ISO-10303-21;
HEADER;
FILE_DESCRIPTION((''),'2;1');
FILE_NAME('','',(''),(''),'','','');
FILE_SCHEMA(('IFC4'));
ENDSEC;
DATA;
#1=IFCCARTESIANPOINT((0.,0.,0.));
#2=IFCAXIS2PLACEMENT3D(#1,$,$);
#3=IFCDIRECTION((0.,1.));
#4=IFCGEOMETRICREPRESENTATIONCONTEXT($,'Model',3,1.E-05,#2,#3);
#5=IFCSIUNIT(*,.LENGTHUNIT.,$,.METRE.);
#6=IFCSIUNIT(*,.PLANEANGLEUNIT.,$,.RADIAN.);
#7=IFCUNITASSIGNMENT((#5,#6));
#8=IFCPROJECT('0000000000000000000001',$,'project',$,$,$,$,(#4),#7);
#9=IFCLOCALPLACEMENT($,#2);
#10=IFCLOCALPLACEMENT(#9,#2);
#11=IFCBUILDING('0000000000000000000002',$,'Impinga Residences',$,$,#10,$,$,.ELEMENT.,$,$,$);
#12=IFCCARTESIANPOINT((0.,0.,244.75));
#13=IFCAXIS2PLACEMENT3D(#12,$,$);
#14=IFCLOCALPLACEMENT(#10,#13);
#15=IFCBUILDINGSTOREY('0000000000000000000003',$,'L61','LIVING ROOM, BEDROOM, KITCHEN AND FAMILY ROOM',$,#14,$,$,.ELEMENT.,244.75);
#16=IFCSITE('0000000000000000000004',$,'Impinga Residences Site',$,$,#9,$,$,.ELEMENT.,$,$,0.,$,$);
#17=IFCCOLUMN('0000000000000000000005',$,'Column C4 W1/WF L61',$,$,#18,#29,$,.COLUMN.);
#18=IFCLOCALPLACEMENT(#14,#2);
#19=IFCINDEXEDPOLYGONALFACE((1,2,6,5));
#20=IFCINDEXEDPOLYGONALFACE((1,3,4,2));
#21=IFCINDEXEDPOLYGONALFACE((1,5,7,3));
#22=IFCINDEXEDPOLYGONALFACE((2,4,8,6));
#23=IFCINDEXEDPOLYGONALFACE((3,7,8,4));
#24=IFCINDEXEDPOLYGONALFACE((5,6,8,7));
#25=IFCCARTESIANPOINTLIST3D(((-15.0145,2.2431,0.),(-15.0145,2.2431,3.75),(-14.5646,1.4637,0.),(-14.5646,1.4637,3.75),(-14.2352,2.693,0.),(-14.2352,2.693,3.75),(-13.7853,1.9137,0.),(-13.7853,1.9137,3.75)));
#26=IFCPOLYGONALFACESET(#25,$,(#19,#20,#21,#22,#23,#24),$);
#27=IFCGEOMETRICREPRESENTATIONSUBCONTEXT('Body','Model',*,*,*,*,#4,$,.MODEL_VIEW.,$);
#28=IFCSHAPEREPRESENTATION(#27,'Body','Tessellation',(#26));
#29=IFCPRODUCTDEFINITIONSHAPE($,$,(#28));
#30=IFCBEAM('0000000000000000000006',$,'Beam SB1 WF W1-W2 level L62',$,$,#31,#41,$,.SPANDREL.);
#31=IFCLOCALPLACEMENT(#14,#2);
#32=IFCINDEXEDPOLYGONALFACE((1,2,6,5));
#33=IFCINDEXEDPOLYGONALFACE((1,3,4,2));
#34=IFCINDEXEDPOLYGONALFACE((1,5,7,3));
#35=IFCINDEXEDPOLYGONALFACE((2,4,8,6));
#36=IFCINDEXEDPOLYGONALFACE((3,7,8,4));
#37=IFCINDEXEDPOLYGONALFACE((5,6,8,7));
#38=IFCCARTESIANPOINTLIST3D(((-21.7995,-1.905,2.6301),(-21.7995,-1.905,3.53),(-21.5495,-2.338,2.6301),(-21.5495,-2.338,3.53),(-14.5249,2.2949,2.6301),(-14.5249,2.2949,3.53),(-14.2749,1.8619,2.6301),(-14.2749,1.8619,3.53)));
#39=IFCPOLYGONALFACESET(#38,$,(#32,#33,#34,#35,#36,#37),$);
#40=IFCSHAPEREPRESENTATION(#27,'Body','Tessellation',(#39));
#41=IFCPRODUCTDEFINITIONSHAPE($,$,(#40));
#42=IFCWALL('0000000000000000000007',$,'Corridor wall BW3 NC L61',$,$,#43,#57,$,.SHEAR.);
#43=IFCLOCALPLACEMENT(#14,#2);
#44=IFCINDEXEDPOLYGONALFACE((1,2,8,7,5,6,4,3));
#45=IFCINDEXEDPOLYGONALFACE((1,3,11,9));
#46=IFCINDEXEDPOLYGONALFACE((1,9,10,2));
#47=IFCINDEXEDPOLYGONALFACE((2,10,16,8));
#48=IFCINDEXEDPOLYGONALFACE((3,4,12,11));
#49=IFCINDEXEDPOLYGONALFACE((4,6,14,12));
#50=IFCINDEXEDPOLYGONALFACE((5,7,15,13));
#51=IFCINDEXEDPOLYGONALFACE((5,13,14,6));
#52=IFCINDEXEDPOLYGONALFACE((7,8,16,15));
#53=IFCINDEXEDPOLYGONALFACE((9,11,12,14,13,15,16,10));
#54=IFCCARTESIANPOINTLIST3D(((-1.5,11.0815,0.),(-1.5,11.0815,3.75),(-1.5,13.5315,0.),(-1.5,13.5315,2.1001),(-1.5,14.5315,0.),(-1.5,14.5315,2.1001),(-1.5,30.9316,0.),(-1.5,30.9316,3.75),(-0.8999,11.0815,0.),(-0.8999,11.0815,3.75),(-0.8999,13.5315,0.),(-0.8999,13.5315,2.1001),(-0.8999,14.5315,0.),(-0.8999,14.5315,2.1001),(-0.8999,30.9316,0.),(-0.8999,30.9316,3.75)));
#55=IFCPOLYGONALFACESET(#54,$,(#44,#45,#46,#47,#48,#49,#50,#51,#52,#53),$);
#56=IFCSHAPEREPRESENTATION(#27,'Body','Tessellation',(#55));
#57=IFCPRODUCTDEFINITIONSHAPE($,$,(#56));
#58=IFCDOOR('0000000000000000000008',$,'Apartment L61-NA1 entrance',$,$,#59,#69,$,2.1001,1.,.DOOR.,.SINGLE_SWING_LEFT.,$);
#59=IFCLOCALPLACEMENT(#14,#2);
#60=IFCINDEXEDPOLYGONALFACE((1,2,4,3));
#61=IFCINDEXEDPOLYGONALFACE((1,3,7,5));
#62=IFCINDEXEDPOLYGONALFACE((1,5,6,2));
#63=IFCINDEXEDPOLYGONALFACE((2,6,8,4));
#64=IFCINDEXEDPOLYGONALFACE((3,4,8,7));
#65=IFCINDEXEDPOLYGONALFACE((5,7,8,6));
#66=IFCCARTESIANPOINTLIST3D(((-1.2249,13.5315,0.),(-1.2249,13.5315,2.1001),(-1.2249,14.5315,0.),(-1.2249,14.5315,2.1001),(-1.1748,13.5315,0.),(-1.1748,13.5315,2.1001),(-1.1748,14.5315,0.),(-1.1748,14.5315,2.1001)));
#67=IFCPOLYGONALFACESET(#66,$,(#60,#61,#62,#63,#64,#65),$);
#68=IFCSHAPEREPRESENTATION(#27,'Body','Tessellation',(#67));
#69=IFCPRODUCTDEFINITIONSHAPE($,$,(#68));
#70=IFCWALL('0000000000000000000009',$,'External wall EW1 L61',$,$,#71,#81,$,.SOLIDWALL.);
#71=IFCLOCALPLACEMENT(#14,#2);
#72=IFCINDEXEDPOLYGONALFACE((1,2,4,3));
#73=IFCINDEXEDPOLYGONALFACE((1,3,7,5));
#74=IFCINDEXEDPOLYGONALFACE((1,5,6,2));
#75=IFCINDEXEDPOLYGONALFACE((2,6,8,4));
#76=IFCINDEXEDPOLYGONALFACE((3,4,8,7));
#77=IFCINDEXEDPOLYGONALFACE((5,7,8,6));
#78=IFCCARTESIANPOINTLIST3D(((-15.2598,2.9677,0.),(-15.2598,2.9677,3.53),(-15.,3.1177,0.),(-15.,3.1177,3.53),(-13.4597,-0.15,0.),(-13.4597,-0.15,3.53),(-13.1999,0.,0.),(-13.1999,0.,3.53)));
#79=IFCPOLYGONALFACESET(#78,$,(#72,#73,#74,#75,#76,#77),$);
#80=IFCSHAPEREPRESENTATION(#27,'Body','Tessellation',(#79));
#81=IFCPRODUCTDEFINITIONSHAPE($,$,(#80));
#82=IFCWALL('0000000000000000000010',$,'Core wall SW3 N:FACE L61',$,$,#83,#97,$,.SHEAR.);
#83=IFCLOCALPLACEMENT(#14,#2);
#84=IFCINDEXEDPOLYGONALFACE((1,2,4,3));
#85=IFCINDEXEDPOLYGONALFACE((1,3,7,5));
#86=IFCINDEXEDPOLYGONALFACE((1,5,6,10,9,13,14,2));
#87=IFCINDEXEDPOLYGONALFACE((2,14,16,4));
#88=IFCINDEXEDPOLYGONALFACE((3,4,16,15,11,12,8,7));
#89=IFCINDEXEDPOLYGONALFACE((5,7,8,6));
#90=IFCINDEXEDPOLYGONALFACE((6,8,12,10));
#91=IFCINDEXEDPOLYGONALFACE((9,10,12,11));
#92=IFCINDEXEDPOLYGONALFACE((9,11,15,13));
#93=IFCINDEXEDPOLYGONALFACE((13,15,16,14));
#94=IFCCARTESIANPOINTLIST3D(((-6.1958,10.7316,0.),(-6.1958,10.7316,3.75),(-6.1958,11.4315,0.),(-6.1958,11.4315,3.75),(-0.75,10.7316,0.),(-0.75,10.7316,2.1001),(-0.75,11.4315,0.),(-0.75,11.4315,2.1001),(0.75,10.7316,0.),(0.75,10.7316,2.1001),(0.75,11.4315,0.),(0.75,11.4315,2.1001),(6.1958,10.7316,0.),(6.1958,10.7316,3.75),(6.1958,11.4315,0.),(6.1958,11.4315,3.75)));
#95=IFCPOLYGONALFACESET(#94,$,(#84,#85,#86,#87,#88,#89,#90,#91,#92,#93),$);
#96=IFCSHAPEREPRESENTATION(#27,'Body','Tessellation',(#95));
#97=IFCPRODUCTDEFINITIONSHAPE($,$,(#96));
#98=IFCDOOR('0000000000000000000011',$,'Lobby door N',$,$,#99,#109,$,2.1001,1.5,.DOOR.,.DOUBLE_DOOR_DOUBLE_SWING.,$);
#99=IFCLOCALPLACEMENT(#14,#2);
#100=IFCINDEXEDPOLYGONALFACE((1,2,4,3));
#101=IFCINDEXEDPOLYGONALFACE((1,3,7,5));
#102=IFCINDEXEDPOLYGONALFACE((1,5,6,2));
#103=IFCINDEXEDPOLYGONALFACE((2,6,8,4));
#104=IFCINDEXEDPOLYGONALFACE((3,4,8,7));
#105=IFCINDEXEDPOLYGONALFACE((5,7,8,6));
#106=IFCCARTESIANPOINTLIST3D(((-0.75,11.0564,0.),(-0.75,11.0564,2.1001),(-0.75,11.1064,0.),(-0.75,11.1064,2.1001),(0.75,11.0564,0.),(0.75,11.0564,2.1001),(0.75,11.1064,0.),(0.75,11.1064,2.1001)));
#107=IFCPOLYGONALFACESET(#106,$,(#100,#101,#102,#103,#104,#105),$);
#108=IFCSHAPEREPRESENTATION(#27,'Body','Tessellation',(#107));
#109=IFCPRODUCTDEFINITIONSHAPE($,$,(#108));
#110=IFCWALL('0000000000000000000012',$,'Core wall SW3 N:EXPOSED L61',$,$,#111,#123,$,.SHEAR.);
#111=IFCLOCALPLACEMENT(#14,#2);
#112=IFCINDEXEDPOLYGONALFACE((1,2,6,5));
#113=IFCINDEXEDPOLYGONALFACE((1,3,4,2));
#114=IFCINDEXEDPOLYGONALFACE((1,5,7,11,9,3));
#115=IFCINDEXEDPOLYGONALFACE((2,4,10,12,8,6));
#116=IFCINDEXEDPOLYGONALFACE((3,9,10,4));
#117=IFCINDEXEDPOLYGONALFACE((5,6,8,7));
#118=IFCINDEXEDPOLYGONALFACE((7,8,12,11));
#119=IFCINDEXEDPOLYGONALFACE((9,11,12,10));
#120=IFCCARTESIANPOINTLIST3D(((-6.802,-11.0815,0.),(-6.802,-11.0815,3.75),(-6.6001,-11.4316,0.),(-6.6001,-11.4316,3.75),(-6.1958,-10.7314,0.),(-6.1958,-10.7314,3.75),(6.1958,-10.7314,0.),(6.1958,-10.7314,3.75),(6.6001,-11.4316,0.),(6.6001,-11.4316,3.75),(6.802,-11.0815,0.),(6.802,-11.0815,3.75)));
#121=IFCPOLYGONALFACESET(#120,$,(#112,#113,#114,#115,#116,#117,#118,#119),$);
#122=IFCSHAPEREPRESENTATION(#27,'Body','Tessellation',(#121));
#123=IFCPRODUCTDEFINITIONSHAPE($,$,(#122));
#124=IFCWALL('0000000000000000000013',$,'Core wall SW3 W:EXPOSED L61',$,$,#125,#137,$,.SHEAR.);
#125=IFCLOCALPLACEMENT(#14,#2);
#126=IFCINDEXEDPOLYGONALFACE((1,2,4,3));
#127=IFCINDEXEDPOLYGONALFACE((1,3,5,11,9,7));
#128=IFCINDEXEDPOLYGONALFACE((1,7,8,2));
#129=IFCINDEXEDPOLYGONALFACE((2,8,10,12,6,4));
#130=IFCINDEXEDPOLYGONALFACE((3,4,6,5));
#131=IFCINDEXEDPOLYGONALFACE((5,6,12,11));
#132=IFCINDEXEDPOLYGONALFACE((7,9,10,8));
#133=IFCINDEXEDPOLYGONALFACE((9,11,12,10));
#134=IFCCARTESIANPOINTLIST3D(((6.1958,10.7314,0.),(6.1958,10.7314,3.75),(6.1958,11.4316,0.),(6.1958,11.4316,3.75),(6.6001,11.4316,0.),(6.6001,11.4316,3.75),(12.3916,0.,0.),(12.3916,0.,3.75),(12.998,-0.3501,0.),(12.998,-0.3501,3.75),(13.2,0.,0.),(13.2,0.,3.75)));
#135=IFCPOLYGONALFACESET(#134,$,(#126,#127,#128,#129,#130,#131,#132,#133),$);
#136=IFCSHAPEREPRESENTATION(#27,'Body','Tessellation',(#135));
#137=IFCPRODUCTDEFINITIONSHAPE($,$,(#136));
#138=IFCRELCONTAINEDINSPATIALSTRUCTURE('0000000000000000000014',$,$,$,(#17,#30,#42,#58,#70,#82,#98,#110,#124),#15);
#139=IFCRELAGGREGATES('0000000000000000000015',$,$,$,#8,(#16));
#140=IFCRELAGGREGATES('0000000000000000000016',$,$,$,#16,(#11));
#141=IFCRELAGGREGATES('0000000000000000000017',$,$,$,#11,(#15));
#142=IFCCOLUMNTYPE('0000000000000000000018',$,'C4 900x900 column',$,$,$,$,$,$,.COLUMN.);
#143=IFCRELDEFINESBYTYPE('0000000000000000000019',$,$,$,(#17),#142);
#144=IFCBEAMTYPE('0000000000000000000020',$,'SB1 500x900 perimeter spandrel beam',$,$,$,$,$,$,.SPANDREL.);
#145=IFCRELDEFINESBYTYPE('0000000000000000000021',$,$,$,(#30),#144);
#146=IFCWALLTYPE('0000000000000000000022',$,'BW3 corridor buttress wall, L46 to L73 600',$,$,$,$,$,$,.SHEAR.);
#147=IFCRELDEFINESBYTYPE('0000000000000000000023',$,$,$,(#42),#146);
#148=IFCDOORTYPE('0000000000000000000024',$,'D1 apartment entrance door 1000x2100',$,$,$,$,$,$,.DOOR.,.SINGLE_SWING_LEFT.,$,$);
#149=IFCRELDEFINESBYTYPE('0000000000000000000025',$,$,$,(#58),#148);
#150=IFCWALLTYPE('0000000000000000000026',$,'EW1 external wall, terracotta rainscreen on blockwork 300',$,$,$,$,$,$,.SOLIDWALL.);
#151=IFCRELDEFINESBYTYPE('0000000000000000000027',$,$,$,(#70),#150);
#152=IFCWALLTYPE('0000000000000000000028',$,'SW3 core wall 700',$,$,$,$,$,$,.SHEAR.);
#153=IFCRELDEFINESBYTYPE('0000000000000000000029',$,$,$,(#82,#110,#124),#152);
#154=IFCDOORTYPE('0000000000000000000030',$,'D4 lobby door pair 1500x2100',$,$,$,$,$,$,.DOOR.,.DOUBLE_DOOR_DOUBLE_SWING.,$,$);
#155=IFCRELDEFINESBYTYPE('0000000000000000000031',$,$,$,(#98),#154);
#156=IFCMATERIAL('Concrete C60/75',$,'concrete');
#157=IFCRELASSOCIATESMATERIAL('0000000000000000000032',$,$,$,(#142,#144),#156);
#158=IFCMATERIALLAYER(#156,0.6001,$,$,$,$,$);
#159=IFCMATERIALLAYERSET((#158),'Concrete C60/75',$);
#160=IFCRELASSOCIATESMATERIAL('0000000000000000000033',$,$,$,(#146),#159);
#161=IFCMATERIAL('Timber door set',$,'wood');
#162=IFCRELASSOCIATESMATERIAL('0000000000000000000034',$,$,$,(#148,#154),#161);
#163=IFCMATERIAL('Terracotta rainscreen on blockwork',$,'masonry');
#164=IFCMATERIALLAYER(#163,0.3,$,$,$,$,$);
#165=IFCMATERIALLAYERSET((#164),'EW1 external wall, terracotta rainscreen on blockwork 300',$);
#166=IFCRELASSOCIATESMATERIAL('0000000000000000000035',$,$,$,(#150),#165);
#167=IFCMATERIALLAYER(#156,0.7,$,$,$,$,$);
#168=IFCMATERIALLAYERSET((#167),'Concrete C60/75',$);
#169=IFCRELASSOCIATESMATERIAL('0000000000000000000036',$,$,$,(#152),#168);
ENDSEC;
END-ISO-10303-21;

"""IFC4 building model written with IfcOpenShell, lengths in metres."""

from ifc_helpers import new_model, si_unit, direction, frame, frame_2d, origin, origin_2d, place, context, subcontext, project, spatial, polyline, rectangle, outline, extrude, material, layer, layer_set, material_profile, profile_set, type_object, element, fill, save


model = new_model("IFC4")

# Units and contexts
model_context = context("Model", 3, precision=1e-05, world=origin(), true_north=direction((0.0, 1.0)))
body_context = subcontext(model_context, "Body", "Model", "MODEL_VIEW")
ifc_project = project(units=[si_unit("LENGTHUNIT", "METRE"), si_unit("PLANEANGLEUNIT", "RADIAN")], contexts=[model_context])

# Site, building, storey
site_placement = place(None, origin())
site = spatial("IfcSite", under=ifc_project, at=site_placement, Name="Impinga Residences Site", CompositionType="ELEMENT", RefElevation=0.0)
building_placement = place(site_placement, origin())
building = spatial("IfcBuilding", under=site, at=building_placement, Name="Impinga Residences", CompositionType="ELEMENT")
storey_placement = place(building_placement, frame((0.0, 0.0, 244.75)))
storey = spatial("IfcBuildingStorey", under=building, at=storey_placement, Name="L61", Description="LIVING ROOM, BEDROOM, KITCHEN AND FAMILY ROOM", CompositionType="ELEMENT", Elevation=244.75)

# Column
ifc_material_1 = material(Name="Concrete C60/75", Category="concrete")
ifc_material_profile_1 = material_profile(ifc_material_1, rectangle(XDim=0.8999, YDim=0.8999, at=origin_2d()), Name="RC 900x900")
ifc_profile_set_1 = profile_set([ifc_material_profile_1], Name="Concrete C60/75")
column_type = type_object("IfcColumnType", Name="C4 900x900 column", PredefinedType="COLUMN", material=ifc_profile_set_1)
column_placement = place(storey_placement, frame((-14.3999, 2.0784, 0.0), z_axis=(0.0, 0.0, 1.0), x_axis=(-0.5, 0.866025, 0.0)))
element("IfcColumn", 1, at=column_placement, inside=storey, type_object=column_type, Name="Column C4 W1/WF L61", PredefinedType="COLUMN", context=body_context, shape_type="SweptSolid", body=[
    extrude(rectangle(XDim=0.8999, YDim=0.8999, at=origin_2d()), origin(), (0.0, 0.0, 1.0), 3.75),
])

# Beam
ifc_material_profile_2 = material_profile(ifc_material_1, rectangle(XDim=0.5, YDim=0.8999, at=origin_2d()), Name="RC 500x900")
ifc_profile_set_2 = profile_set([ifc_material_profile_2], Name="Concrete C60/75")
beam_type = type_object("IfcBeamType", Name="SB1 500x900 perimeter spandrel beam", PredefinedType="SPANDREL", material=ifc_profile_set_2)
beam_placement = place(storey_placement, frame((-14.3999, 2.0784, 3.0801), z_axis=(-0.866029, -0.499993, 0.0), x_axis=(0.499993, -0.866029, 0.0)))
element("IfcBeam", 2, at=beam_placement, inside=storey, type_object=beam_type, Name="Beam SB1 WF W1-W2 level L62", PredefinedType="SPANDREL", context=body_context, shape_type="SweptSolid", body=[
    extrude(rectangle(XDim=0.5, YDim=0.8999, at=origin_2d()), origin(), (0.0, 0.0, 1.0), 8.3999),
])

# Wall, opening, door
ifc_layer_1 = layer(ifc_material_1, 0.6001)
ifc_layer_set_1 = layer_set([ifc_layer_1], Name="Concrete C60/75")
wall_type_1 = type_object("IfcWallType", Name="BW3 corridor buttress wall, L46 to L73 600", PredefinedType="SHEAR", material=ifc_layer_set_1)
wall_1_placement = place(storey_placement, frame((-1.2, 11.0815, 0.0), z_axis=(0.0, 0.0, 1.0), x_axis=(0.0, 1.0, 0.0)))
wall_1 = element("IfcWall", 3, at=wall_1_placement, inside=storey, type_object=wall_type_1, Name="Corridor wall BW3 NC L61", PredefinedType="SHEAR", context=body_context, shape_type="SweptSolid", body=[
    extrude(rectangle(XDim=19.8501, YDim=0.6001, at=frame_2d((9.925, 0.0))), origin(), (0.0, 0.0, 1.0), 3.75),
])
opening_1_placement = place(wall_1_placement, frame((2.45, 0.0, 0.0)))
opening_1 = element("IfcOpeningElement", 4, at=opening_1_placement, cuts=wall_1, PredefinedType="OPENING", context=body_context, shape_type="SweptSolid", body=[
    extrude(rectangle(XDim=1.0, YDim=2.1001, at=frame_2d((0.5, 1.05))), frame((0.0, 0.3101, 0.0), z_axis=(0.0, -1.0, 0.0), x_axis=(1.0, 0.0, 0.0)), (0.0, 0.0, 1.0), 0.6201),
])
ifc_material_2 = material(Name="Timber door set", Category="wood")
door_type_1 = type_object("IfcDoorType", Name="D1 apartment entrance door 1000x2100", OperationType="SINGLE_SWING_LEFT", PredefinedType="DOOR", material=ifc_material_2)
door_1_placement = place(opening_1_placement, origin())
door_1 = element("IfcDoor", 5, at=door_1_placement, inside=storey, type_object=door_type_1, Name="Apartment L61-NA1 entrance", OperationType="SINGLE_SWING_LEFT", OverallHeight=2.1001, OverallWidth=1.0, PredefinedType="DOOR", context=body_context, shape_type="SweptSolid", body=[
    extrude(rectangle(XDim=1.0, YDim=2.1001, at=frame_2d((0.5, 1.05))), frame((0.0, 0.0249, 0.0), z_axis=(0.0, -1.0, 0.0), x_axis=(1.0, 0.0, 0.0)), (0.0, 0.0, 1.0), 0.05),
])
fill(opening_1, door_1)

# Wall
ifc_material_3 = material(Name="Terracotta rainscreen on blockwork", Category="masonry")
ifc_layer_2 = layer(ifc_material_3, 0.3)
ifc_layer_set_2 = layer_set([ifc_layer_2], Name="EW1 external wall, terracotta rainscreen on blockwork 300")
wall_type_2 = type_object("IfcWallType", Name="EW1 external wall, terracotta rainscreen on blockwork 300", PredefinedType="SOLIDWALL", material=ifc_layer_set_2)
wall_2_placement = place(storey_placement, frame((-15.1299, 3.0427, 0.0), z_axis=(0.0, 0.0, 1.0), x_axis=(0.500012, -0.866018, 0.0)))
element("IfcWall", 6, at=wall_2_placement, inside=storey, type_object=wall_type_2, Name="External wall EW1 L61", PredefinedType="SOLIDWALL", context=body_context, shape_type="SweptSolid", body=[
    extrude(rectangle(XDim=3.6001, YDim=0.3, at=frame_2d((1.8, 0.0))), origin(), (0.0, 0.0, 1.0), 3.53),
])

# Wall, opening, door
ifc_layer_3 = layer(ifc_material_1, 0.7)
ifc_layer_set_3 = layer_set([ifc_layer_3], Name="Concrete C60/75")
wall_type_3 = type_object("IfcWallType", Name="SW3 core wall 700", PredefinedType="SHEAR", material=ifc_layer_set_3)
wall_3_placement = place(storey_placement, frame((-6.1958, 11.0815, 0.0), z_axis=(0.0, 0.0, 1.0), x_axis=(1.0, 0.0, 0.0)))
wall_3 = element("IfcWall", 7, at=wall_3_placement, inside=storey, type_object=wall_type_3, Name="Core wall SW3 N:FACE L61", PredefinedType="SHEAR", context=body_context, shape_type="SweptSolid", body=[
    extrude(rectangle(XDim=12.3916, YDim=0.7, at=frame_2d((6.1958, 0.0))), origin(), (0.0, 0.0, 1.0), 3.75),
])
opening_2_placement = place(wall_3_placement, frame((5.4458, 0.0, 0.0)))
opening_2 = element("IfcOpeningElement", 8, at=opening_2_placement, cuts=wall_3, PredefinedType="OPENING", context=body_context, shape_type="SweptSolid", body=[
    extrude(rectangle(XDim=1.5, YDim=2.1001, at=frame_2d((0.75, 1.05))), frame((0.0, 0.3599, 0.0), z_axis=(0.0, -1.0, 0.0), x_axis=(1.0, 0.0, 0.0)), (0.0, 0.0, 1.0), 0.72),
])
door_type_2 = type_object("IfcDoorType", Name="D4 lobby door pair 1500x2100", OperationType="DOUBLE_DOOR_DOUBLE_SWING", PredefinedType="DOOR", material=ifc_material_2)
door_2_placement = place(opening_2_placement, origin())
door_2 = element("IfcDoor", 9, at=door_2_placement, inside=storey, type_object=door_type_2, Name="Lobby door N", OperationType="DOUBLE_DOOR_DOUBLE_SWING", OverallHeight=2.1001, OverallWidth=1.5, PredefinedType="DOOR", context=body_context, shape_type="SweptSolid", body=[
    extrude(rectangle(XDim=1.5, YDim=2.1001, at=frame_2d((0.75, 1.05))), frame((0.0, 0.0249, 0.0), z_axis=(0.0, -1.0, 0.0), x_axis=(1.0, 0.0, 0.0)), (0.0, 0.0, 1.0), 0.05),
])
fill(opening_2, door_2)

# Walls
wall_4_placement = place(storey_placement, origin())
element("IfcWall", 10, at=wall_4_placement, inside=storey, type_object=wall_type_3, Name="Core wall SW3 N:EXPOSED L61", PredefinedType="SHEAR", context=body_context, shape_type="SweptSolid", body=[
    extrude(outline(polyline([(-6.6001, -11.4316), (6.6001, -11.4316), (6.802, -11.0815), (6.1958, -10.7314), (-6.1958, -10.7314), (-6.802, -11.0815), (-6.6001, -11.4316)])), origin(), (0.0, 0.0, 1.0), 3.75),
])
wall_5_placement = place(storey_placement, origin())
element("IfcWall", 11, at=wall_5_placement, inside=storey, type_object=wall_type_3, Name="Core wall SW3 W:EXPOSED L61", PredefinedType="SHEAR", context=body_context, shape_type="SweptSolid", body=[
    extrude(outline(polyline([(13.2, 0.0), (6.6001, 11.4316), (6.1958, 11.4316), (6.1958, 10.7314), (12.3916, 0.0), (12.998, -0.3501), (13.2, 0.0)])), origin(), (0.0, 0.0, 1.0), 3.75),
])

save(model, "model.ifc")
